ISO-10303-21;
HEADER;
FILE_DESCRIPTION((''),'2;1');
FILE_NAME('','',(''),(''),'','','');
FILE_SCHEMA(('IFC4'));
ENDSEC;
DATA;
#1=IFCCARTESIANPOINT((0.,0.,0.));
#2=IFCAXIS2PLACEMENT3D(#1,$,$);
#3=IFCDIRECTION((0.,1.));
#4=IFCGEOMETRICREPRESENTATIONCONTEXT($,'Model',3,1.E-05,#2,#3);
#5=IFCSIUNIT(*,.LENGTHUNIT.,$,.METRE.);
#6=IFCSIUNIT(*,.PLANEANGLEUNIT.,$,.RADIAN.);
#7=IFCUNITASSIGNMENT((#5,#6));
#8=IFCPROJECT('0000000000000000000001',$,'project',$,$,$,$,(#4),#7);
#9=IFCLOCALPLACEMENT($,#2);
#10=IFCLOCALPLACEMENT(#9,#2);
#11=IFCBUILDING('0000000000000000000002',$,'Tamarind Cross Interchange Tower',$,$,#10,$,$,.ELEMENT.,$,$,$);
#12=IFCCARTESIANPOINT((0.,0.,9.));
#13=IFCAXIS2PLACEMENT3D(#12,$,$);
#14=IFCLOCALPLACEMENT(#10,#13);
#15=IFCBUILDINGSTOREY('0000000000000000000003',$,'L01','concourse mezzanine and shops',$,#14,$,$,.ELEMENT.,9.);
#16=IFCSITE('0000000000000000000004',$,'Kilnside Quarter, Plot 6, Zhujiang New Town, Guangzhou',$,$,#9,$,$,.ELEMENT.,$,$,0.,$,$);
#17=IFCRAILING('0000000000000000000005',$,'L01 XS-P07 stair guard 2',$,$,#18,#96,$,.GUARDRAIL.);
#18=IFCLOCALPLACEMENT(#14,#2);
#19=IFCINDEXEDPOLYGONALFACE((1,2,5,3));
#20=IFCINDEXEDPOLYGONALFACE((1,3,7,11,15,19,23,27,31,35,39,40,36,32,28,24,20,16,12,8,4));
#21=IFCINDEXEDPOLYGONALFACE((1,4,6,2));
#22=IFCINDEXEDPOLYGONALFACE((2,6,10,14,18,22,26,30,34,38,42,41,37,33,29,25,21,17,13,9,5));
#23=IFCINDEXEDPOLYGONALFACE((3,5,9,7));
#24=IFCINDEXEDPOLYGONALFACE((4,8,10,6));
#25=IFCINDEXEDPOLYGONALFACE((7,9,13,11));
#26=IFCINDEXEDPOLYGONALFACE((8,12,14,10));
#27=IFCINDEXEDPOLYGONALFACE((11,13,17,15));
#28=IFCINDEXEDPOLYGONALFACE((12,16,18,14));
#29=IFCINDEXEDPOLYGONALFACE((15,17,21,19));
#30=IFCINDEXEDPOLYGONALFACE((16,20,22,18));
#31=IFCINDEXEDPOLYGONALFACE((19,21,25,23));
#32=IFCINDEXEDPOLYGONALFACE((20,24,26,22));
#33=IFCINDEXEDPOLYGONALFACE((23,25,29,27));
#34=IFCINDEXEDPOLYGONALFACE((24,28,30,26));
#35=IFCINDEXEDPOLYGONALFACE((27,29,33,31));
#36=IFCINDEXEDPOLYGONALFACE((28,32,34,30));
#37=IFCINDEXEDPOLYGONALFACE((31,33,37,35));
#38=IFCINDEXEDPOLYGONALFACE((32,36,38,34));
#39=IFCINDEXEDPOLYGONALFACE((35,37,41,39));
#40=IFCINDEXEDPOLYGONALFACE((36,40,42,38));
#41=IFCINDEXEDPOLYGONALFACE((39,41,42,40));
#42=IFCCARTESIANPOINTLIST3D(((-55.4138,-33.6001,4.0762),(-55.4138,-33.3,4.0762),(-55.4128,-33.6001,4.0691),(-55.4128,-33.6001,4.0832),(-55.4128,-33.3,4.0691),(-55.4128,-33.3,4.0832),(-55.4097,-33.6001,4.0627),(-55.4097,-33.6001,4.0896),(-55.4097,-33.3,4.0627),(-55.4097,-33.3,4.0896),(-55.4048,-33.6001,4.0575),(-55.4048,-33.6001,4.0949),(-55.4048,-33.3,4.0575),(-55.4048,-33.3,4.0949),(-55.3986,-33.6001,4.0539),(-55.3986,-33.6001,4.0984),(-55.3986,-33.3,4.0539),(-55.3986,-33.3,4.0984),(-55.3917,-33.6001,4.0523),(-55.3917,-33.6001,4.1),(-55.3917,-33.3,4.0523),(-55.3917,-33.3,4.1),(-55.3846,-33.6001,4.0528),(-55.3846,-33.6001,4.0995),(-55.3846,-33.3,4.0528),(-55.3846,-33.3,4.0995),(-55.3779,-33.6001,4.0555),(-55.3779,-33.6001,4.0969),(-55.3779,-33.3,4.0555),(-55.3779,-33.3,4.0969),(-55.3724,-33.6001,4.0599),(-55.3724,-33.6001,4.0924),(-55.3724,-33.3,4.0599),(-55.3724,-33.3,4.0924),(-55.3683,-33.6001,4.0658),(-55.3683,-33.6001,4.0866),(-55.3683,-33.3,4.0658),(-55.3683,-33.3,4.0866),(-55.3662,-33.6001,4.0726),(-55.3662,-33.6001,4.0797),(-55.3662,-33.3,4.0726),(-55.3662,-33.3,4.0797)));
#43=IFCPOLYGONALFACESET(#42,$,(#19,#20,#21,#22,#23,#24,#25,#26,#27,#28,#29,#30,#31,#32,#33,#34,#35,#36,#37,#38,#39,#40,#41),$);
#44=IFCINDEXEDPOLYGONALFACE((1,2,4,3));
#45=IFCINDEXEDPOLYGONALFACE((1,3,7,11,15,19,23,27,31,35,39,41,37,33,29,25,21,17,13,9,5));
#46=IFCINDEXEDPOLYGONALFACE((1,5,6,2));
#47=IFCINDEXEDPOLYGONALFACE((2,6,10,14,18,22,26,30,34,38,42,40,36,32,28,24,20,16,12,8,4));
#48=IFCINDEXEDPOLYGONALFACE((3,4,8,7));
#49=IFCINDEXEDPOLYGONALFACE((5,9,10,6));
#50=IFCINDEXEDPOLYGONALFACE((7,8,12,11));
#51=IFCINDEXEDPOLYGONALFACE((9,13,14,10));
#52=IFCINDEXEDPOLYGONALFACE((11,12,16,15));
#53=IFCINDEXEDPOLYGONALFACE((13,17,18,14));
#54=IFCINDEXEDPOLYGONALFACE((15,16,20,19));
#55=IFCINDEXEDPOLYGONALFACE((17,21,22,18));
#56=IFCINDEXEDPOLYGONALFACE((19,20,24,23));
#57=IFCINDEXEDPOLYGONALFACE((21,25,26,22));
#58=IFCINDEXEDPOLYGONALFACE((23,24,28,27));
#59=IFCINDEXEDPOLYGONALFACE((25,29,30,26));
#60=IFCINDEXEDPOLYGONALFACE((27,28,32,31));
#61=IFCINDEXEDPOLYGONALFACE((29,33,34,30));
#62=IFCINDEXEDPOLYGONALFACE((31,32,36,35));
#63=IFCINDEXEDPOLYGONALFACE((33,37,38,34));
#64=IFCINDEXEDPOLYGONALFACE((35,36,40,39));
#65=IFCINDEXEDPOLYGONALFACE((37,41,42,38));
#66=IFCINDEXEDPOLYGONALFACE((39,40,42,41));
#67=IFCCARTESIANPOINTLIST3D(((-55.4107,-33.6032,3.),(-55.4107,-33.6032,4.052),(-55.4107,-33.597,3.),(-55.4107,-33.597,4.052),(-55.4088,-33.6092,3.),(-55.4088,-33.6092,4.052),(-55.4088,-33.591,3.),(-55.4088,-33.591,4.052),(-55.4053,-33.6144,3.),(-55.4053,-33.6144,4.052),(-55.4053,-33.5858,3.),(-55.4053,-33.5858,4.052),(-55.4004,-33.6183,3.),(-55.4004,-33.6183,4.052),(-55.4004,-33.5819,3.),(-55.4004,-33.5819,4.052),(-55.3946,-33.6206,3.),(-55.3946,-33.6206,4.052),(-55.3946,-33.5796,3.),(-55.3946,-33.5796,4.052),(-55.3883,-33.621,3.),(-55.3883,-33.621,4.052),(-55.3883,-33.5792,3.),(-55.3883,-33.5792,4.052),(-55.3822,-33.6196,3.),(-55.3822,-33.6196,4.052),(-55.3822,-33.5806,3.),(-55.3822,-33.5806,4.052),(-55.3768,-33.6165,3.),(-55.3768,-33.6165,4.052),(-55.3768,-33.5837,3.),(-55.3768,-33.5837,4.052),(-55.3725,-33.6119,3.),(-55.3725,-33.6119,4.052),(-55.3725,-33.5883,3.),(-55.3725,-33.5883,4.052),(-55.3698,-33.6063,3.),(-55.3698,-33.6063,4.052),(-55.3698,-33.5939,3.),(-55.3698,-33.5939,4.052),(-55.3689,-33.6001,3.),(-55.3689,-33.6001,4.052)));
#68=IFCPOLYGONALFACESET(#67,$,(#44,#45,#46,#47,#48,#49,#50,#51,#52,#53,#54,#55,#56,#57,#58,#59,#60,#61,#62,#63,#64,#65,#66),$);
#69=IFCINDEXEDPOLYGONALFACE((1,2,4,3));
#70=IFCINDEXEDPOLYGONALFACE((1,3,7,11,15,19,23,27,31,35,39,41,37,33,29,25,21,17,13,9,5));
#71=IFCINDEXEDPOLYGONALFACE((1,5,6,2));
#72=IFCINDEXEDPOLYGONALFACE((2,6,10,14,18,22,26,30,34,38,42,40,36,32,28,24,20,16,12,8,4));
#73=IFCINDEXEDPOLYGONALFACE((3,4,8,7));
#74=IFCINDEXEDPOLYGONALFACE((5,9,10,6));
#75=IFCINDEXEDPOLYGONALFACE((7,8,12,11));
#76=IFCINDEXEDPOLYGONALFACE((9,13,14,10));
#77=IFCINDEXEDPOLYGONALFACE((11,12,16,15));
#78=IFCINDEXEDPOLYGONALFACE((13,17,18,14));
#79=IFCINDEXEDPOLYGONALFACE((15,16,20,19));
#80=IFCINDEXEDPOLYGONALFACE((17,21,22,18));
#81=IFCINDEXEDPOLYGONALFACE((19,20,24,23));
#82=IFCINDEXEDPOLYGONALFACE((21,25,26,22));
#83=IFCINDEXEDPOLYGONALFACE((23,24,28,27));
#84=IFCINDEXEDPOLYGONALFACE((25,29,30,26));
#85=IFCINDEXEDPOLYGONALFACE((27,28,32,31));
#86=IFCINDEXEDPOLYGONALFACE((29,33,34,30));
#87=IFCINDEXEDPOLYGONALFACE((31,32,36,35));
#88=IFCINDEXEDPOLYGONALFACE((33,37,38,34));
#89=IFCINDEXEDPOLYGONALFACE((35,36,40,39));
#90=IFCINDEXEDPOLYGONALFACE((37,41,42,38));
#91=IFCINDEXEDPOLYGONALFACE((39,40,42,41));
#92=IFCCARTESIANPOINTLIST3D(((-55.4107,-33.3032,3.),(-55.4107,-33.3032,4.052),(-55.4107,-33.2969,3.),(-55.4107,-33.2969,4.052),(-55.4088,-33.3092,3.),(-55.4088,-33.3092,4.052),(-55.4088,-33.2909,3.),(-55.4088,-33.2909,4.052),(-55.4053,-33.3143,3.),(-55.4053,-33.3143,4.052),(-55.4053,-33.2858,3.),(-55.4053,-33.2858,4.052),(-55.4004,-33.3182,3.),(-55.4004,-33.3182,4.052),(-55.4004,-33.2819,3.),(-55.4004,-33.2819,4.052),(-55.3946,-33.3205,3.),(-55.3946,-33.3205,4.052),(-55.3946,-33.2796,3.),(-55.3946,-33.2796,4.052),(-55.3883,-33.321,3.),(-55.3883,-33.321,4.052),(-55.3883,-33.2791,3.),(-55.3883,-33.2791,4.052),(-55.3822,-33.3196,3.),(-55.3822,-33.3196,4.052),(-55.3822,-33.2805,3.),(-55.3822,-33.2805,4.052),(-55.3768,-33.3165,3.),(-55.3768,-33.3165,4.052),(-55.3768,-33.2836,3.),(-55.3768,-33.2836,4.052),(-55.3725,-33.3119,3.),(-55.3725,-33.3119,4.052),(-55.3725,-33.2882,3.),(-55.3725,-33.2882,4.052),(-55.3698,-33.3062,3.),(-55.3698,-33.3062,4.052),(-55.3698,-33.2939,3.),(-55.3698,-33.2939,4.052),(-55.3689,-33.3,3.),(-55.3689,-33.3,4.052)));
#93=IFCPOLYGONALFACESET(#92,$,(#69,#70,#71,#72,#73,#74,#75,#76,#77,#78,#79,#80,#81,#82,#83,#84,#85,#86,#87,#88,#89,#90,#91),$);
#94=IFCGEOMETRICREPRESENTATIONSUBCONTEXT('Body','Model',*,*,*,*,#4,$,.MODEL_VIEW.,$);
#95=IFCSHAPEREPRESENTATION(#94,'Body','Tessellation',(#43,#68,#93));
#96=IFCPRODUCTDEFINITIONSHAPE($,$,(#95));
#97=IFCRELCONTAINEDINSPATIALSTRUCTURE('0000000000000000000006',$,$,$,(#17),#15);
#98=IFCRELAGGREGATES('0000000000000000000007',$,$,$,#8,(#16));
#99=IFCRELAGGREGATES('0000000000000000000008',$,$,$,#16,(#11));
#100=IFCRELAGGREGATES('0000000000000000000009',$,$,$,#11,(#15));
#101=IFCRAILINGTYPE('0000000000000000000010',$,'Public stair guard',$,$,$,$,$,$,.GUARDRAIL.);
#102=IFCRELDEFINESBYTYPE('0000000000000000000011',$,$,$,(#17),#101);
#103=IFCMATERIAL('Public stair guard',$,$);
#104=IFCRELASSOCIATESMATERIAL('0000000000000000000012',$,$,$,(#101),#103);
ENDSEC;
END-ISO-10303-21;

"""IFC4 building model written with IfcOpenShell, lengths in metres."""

from ifc_helpers import new_model, si_unit, direction, frame, origin, origin_2d, place, context, subcontext, project, spatial, circle, extrude, material, type_object, element, save


model = new_model("IFC4")

# Units and contexts
model_context = context("Model", 3, precision=1e-05, world=origin(), true_north=direction((0.0, 1.0)))
body_context = subcontext(model_context, "Body", "Model", "MODEL_VIEW")
ifc_project = project(units=[si_unit("LENGTHUNIT", "METRE"), si_unit("PLANEANGLEUNIT", "RADIAN")], contexts=[model_context])

# Site, building, storey
site_placement = place(None, origin())
site = spatial("IfcSite", under=ifc_project, at=site_placement, Name="Kilnside Quarter, Plot 6, Zhujiang New Town, Guangzhou", CompositionType="ELEMENT", RefElevation=0.0)
building_placement = place(site_placement, origin())
building = spatial("IfcBuilding", under=site, at=building_placement, Name="Tamarind Cross Interchange Tower", CompositionType="ELEMENT")
storey_placement = place(building_placement, frame((0.0, 0.0, 9.0)))
storey = spatial("IfcBuildingStorey", under=building, at=storey_placement, Name="L01", Description="concourse mezzanine and shops", CompositionType="ELEMENT", Elevation=9.0)

# Railing
ifc_material_1 = material(Name="Public stair guard")
railing_type_1 = type_object("IfcRailingType", Name="Public stair guard", PredefinedType="GUARDRAIL", material=ifc_material_1)
railing_1_placement = place(storey_placement, frame((-55.3899, -33.6001, 3.0)))
element("IfcRailing", 1, at=railing_1_placement, inside=storey, type_object=railing_type_1, Name="L01 XS-P07 stair guard 2", PredefinedType="GUARDRAIL", context=body_context, shape_type="SweptSolid", body=[
    extrude(circle(Radius=0.0239, at=origin_2d()), frame((0.0, 0.0, 1.0762), z_axis=(0.0, 1.0, 0.0), x_axis=(-1.0, 0.0, 0.0)), (0.0, 0.0, 1.0), 0.3),
    extrude(circle(Radius=0.021, at=origin_2d()), origin(), (0.0, 0.0, 1.0), 1.052),
    extrude(circle(Radius=0.021, at=origin_2d()), frame((0.0, 0.3, 0.0)), (0.0, 0.0, 1.0), 1.052),
])

save(model, "model.ifc")
